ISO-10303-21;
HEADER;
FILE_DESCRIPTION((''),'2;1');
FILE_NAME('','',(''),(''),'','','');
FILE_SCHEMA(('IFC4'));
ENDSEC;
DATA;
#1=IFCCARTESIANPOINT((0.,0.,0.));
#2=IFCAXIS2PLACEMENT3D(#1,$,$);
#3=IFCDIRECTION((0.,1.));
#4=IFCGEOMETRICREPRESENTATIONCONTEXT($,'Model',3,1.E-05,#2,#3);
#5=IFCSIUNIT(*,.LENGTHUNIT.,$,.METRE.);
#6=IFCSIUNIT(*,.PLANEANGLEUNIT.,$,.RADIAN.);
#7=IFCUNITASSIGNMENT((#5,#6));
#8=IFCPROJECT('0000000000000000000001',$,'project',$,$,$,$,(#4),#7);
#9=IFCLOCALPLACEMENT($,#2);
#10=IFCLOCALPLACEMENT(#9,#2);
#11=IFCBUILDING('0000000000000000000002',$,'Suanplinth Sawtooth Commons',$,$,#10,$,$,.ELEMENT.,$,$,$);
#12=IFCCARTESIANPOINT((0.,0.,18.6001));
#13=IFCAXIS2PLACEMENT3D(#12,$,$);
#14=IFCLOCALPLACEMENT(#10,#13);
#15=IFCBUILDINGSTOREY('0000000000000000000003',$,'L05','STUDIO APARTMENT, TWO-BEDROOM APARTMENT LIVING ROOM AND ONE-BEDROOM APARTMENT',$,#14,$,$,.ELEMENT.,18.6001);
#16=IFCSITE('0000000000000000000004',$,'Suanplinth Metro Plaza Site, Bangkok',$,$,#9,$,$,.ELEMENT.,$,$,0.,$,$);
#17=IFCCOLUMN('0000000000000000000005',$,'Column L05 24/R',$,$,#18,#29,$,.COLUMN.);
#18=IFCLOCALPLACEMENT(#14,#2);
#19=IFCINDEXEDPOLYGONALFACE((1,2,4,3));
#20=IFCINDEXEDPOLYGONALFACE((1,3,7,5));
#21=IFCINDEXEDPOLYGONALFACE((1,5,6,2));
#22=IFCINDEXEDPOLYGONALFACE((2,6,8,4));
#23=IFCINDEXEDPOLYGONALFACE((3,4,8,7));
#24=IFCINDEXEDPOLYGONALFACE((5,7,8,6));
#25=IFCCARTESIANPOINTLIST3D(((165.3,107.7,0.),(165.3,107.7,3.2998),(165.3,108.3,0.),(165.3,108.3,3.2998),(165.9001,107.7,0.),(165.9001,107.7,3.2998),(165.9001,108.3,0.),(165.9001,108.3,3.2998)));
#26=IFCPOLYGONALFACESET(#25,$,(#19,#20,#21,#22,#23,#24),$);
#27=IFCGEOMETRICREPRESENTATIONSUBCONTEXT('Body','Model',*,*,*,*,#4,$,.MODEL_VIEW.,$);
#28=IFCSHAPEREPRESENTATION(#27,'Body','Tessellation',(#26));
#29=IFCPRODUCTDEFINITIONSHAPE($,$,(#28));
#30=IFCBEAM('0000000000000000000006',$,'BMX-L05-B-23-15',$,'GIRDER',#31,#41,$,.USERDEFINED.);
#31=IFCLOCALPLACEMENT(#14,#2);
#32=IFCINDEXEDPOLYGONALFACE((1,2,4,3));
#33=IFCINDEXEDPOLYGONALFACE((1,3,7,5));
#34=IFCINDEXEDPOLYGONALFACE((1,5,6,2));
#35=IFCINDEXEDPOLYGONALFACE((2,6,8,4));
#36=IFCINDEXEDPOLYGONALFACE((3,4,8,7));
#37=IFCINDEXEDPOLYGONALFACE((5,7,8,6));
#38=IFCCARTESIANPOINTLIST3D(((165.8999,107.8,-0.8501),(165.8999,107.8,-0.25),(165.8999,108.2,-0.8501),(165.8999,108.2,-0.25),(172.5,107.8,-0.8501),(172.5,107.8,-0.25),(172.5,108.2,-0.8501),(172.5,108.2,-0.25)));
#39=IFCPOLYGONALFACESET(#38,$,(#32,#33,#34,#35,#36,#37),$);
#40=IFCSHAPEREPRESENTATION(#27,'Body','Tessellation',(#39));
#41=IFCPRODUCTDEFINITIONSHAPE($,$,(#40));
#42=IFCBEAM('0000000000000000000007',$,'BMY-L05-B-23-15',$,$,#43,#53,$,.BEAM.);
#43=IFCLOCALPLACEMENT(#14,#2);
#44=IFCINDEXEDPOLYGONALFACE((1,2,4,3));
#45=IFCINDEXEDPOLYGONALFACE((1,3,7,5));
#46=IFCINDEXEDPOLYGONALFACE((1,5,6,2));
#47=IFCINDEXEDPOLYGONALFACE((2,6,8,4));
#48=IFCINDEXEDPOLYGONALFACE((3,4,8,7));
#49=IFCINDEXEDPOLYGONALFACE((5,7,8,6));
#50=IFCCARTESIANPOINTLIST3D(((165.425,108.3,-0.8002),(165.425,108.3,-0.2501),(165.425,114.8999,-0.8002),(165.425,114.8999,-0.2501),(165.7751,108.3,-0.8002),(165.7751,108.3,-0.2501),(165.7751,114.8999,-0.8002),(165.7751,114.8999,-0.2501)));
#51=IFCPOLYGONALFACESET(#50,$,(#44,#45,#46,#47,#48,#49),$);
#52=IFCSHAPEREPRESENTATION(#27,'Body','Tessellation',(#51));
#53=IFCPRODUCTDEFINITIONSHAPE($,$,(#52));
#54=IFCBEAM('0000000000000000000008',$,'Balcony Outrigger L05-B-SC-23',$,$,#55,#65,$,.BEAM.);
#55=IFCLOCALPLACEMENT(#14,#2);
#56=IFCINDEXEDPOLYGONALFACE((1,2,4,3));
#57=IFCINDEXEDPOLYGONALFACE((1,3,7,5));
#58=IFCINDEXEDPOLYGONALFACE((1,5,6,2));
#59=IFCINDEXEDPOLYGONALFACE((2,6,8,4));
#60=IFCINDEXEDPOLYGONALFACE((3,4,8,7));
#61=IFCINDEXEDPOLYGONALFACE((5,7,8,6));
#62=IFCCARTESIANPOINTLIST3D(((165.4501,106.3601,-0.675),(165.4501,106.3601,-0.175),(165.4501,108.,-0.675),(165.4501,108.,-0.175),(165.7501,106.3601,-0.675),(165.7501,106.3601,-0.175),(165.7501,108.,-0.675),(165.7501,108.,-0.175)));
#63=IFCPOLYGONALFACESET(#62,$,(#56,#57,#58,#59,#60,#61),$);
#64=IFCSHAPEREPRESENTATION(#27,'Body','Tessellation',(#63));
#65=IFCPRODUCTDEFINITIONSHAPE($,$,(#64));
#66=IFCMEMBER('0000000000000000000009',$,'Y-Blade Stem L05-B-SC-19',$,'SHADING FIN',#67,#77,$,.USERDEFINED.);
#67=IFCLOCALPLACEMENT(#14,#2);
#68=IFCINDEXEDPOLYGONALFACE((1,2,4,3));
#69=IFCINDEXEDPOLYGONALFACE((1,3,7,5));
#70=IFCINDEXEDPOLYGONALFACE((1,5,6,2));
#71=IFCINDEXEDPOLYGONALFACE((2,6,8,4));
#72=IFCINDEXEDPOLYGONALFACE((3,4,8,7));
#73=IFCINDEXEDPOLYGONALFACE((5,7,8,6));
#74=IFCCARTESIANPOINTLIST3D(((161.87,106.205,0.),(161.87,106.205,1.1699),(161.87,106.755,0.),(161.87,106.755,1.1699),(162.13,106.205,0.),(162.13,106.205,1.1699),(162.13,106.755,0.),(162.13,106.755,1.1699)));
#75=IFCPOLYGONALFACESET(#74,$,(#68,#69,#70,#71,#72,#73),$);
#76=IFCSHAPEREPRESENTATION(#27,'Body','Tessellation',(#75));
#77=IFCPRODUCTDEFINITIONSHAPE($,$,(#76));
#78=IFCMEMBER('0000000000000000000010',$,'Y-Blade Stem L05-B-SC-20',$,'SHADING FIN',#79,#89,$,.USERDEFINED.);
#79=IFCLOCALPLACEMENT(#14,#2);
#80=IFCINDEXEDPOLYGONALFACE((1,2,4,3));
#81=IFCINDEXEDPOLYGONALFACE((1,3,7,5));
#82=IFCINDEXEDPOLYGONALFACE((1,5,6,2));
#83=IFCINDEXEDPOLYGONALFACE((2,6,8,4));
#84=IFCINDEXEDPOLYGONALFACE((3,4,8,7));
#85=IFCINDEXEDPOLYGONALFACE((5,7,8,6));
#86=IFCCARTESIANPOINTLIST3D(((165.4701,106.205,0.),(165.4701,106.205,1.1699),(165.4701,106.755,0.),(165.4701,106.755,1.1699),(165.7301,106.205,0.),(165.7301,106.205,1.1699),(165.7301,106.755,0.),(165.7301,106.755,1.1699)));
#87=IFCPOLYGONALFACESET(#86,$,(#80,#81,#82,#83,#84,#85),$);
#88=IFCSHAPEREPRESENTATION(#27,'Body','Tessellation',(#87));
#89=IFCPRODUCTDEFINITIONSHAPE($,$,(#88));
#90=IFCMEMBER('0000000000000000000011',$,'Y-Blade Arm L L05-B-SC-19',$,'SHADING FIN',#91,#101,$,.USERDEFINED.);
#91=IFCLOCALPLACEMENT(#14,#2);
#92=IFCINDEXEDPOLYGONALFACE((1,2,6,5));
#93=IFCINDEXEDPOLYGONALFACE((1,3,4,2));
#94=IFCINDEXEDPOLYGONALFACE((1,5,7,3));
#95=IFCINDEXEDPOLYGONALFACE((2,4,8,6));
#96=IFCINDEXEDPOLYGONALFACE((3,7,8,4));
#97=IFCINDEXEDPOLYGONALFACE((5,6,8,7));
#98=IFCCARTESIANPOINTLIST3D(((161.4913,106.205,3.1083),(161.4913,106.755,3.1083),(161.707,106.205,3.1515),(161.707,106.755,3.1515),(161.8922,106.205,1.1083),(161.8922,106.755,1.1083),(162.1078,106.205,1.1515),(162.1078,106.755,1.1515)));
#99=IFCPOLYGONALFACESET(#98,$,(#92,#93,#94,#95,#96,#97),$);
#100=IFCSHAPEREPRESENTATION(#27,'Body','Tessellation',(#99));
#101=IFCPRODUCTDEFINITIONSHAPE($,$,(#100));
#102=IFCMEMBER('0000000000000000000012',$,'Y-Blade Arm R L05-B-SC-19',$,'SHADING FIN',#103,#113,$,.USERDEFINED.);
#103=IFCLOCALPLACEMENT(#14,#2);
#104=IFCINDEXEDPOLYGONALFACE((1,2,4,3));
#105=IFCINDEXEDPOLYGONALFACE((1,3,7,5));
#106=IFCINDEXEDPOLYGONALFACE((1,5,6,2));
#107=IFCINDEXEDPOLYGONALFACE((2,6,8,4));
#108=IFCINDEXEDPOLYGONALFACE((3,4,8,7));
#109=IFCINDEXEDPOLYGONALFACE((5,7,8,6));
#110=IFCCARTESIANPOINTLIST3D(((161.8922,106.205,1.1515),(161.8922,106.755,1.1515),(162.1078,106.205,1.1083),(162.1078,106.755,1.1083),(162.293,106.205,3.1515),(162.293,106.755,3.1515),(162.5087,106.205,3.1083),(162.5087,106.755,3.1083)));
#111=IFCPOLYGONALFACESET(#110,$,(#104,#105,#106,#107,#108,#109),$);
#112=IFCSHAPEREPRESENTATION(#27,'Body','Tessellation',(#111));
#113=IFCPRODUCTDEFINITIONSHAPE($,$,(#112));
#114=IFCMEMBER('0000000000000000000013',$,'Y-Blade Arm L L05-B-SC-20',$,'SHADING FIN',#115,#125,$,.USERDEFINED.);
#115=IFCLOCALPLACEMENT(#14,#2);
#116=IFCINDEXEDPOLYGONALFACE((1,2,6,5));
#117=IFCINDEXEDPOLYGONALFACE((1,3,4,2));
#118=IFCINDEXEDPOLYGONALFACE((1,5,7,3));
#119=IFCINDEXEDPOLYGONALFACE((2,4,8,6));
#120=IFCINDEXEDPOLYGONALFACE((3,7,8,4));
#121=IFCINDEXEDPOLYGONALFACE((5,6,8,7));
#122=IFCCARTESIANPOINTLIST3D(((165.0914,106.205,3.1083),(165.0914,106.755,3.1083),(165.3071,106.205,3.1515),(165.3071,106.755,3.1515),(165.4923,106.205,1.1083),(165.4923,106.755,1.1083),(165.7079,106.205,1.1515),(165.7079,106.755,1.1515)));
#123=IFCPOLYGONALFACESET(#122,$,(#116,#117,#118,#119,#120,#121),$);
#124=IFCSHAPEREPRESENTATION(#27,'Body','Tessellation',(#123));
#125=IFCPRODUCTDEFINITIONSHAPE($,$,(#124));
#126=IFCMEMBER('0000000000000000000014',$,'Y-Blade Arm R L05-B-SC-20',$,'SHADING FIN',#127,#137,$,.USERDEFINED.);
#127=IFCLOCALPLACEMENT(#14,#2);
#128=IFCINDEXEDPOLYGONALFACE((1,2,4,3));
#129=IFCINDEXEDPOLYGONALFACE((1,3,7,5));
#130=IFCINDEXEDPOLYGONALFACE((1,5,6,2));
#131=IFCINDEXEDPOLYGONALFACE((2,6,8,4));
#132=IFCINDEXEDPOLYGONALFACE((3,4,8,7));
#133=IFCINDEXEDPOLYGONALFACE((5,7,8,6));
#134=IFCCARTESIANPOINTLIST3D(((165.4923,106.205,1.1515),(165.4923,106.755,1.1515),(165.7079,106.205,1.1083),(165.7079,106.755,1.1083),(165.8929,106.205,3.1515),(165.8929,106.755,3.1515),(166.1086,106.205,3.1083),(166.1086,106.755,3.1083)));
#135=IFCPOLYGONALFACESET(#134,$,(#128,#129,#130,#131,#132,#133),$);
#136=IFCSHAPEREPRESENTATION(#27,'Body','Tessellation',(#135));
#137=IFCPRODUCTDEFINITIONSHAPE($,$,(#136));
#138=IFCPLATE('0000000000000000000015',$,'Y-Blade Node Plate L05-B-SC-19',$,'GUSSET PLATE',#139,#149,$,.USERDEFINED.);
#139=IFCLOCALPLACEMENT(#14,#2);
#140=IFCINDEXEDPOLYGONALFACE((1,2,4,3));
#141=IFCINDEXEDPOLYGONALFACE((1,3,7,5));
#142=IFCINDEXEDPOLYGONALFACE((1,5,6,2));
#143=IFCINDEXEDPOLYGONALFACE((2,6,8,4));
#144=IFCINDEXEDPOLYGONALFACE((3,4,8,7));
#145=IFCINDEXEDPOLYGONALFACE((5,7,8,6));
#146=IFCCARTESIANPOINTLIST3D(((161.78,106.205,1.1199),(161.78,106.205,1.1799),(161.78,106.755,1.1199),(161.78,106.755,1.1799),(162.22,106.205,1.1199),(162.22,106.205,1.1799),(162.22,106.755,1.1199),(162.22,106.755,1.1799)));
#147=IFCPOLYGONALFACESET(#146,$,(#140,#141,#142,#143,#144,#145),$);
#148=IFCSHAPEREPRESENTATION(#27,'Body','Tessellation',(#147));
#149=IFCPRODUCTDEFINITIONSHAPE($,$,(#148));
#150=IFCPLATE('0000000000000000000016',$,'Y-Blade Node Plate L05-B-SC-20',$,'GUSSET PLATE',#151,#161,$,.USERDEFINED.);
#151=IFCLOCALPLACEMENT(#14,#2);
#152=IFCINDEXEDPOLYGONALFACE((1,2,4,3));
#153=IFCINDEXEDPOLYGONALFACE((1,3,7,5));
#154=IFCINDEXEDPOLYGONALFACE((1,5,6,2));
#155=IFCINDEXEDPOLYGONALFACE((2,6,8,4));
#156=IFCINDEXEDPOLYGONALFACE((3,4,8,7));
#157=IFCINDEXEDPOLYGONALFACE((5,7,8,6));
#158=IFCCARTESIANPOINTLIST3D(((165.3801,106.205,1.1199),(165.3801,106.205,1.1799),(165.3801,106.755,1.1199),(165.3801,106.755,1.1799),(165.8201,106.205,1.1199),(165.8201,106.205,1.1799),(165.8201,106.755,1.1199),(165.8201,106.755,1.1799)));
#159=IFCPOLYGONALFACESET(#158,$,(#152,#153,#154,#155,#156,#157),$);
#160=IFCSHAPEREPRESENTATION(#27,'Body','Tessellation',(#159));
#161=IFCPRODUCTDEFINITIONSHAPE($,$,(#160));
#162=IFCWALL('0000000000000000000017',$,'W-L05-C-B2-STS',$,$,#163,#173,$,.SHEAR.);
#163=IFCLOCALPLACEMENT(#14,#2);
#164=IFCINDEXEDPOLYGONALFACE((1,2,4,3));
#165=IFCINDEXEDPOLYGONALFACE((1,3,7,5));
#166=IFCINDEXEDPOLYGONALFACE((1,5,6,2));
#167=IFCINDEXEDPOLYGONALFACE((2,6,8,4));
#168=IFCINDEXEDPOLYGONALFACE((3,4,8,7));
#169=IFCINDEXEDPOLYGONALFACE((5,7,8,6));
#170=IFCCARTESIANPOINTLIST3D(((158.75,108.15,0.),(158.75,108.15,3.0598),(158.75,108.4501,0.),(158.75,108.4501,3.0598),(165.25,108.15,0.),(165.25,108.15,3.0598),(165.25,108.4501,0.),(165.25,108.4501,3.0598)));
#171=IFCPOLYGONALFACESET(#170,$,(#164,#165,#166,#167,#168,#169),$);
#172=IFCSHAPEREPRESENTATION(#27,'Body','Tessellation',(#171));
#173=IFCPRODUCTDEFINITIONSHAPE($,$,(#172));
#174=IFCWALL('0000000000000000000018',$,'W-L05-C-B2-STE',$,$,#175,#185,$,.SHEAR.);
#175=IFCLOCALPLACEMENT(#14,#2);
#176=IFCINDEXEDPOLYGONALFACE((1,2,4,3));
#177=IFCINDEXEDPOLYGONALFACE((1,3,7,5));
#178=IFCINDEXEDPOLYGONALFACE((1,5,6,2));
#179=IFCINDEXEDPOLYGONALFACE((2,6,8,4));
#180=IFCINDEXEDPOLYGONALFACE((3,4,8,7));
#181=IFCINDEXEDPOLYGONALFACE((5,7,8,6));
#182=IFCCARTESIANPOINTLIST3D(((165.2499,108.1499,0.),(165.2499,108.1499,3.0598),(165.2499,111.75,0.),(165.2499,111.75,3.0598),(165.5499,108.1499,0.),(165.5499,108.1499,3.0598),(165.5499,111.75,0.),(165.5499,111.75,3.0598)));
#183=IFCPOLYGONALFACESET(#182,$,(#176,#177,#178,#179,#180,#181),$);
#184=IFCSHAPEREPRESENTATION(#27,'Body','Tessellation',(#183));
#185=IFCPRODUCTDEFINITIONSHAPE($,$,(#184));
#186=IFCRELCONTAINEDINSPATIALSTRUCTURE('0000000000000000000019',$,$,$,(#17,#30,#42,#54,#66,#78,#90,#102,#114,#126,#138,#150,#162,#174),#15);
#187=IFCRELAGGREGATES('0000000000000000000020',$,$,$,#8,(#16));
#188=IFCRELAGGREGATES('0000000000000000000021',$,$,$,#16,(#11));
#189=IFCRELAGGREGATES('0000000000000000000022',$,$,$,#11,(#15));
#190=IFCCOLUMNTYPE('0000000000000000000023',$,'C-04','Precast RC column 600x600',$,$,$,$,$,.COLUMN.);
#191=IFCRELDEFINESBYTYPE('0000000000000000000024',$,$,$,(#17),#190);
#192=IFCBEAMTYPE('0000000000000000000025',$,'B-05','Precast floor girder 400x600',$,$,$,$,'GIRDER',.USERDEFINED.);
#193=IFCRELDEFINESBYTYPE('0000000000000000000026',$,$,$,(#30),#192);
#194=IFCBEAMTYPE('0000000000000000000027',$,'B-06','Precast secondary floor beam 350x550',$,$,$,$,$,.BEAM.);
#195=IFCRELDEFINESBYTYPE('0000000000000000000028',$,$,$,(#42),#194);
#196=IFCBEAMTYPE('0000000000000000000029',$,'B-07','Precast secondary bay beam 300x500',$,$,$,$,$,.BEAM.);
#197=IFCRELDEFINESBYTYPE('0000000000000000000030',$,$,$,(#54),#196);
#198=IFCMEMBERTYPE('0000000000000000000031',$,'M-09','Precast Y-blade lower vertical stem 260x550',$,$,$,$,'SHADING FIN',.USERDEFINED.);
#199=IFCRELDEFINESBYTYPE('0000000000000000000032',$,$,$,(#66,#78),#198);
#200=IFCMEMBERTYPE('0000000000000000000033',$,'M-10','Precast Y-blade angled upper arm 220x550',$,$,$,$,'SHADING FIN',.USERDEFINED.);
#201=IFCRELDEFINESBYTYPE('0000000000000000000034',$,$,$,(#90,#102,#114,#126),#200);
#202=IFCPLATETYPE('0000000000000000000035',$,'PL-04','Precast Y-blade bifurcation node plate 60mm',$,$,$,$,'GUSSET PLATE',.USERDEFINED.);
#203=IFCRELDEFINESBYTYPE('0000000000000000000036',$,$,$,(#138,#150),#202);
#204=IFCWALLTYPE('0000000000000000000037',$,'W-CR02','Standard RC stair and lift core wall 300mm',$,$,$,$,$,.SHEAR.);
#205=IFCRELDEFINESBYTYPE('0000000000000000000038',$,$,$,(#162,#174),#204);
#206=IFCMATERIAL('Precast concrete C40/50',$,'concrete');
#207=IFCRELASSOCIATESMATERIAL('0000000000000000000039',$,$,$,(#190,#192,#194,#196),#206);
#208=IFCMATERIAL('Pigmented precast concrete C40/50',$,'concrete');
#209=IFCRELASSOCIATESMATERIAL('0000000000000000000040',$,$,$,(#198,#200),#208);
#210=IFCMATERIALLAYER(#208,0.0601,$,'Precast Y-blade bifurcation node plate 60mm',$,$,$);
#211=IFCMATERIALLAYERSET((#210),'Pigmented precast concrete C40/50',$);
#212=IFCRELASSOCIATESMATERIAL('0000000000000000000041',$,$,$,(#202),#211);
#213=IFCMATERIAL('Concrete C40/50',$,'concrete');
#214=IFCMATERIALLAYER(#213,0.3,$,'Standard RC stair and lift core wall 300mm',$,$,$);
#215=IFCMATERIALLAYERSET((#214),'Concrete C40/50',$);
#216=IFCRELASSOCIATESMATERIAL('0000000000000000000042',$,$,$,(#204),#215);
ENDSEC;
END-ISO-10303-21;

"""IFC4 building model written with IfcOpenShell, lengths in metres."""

from ifc_helpers import new_model, si_unit, direction, frame, frame_2d, origin, origin_2d, place, context, subcontext, project, spatial, rectangle, extrude, material, layer, layer_set, material_profile, profile_set, type_object, element, save


model = new_model("IFC4")

# Units and contexts
model_context = context("Model", 3, precision=1e-05, world=origin(), true_north=direction((0.0, 1.0)))
body_context = subcontext(model_context, "Body", "Model", "MODEL_VIEW")
ifc_project = project(units=[si_unit("LENGTHUNIT", "METRE"), si_unit("PLANEANGLEUNIT", "RADIAN")], contexts=[model_context])

# Site, building, storey
site_placement = place(None, origin())
site = spatial("IfcSite", under=ifc_project, at=site_placement, Name="Suanplinth Metro Plaza Site, Bangkok", CompositionType="ELEMENT", RefElevation=0.0)
building_placement = place(site_placement, origin())
building = spatial("IfcBuilding", under=site, at=building_placement, Name="Suanplinth Sawtooth Commons", CompositionType="ELEMENT")
storey_placement = place(building_placement, frame((0.0, 0.0, 18.6001)))
storey = spatial("IfcBuildingStorey", under=building, at=storey_placement, Name="L05", Description="STUDIO APARTMENT, TWO-BEDROOM APARTMENT LIVING ROOM AND ONE-BEDROOM APARTMENT", CompositionType="ELEMENT", Elevation=18.6001)

# Column
ifc_material_1 = material(Name="Precast concrete C40/50", Category="concrete")
ifc_material_profile_1 = material_profile(ifc_material_1, rectangle(XDim=0.6001, YDim=0.6001, at=origin_2d()), Name="PC-COL 600x600")
ifc_profile_set_1 = profile_set([ifc_material_profile_1], Name="Precast concrete C40/50")
column_type = type_object("IfcColumnType", Name="C-04", Description="Precast RC column 600x600", PredefinedType="COLUMN", material=ifc_profile_set_1)
column_placement = place(storey_placement, frame((165.6001, 108.0, 0.0), z_axis=(0.0, 0.0, 1.0), x_axis=(1.0, 0.0, 0.0)))
element("IfcColumn", 1, at=column_placement, inside=storey, type_object=column_type, Name="Column L05 24/R", PredefinedType="COLUMN", context=body_context, shape_type="SweptSolid", body=[
    extrude(rectangle(XDim=0.6001, YDim=0.6001, at=origin_2d()), origin(), (0.0, 0.0, 1.0), 3.2998),
])

# Beams
ifc_material_profile_2 = material_profile(ifc_material_1, rectangle(XDim=0.3999, YDim=0.6001, at=origin_2d()), Name="PC-GDR 400x600")
ifc_profile_set_2 = profile_set([ifc_material_profile_2], Name="Precast concrete C40/50")
beam_type_1 = type_object("IfcBeamType", Name="B-05", Description="Precast floor girder 400x600", ElementType="GIRDER", PredefinedType="USERDEFINED", material=ifc_profile_set_2)
beam_1_placement = place(storey_placement, frame((165.8999, 108.0, -0.55), z_axis=(1.0, 0.0, 0.0), x_axis=(0.0, 1.0, 0.0)))
element("IfcBeam", 2, at=beam_1_placement, inside=storey, type_object=beam_type_1, Name="BMX-L05-B-23-15", ObjectType="GIRDER", PredefinedType="USERDEFINED", context=body_context, shape_type="SweptSolid", body=[
    extrude(rectangle(XDim=0.3999, YDim=0.6001, at=origin_2d()), origin(), (0.0, 0.0, 1.0), 6.6001),
])
ifc_material_profile_3 = material_profile(ifc_material_1, rectangle(XDim=0.3501, YDim=0.55, at=origin_2d()), Name="PC-BM 350x550")
ifc_profile_set_3 = profile_set([ifc_material_profile_3], Name="Precast concrete C40/50")
beam_type_2 = type_object("IfcBeamType", Name="B-06", Description="Precast secondary floor beam 350x550", PredefinedType="BEAM", material=ifc_profile_set_3)
beam_2_placement = place(storey_placement, frame((165.6001, 108.3, -0.5251), z_axis=(0.0, 1.0, 0.0), x_axis=(-1.0, 0.0, 0.0)))
element("IfcBeam", 3, at=beam_2_placement, inside=storey, type_object=beam_type_2, Name="BMY-L05-B-23-15", PredefinedType="BEAM", context=body_context, shape_type="SweptSolid", body=[
    extrude(rectangle(XDim=0.3501, YDim=0.55, at=origin_2d()), origin(), (0.0, 0.0, 1.0), 6.5999),
])
ifc_material_profile_4 = material_profile(ifc_material_1, rectangle(XDim=0.3, YDim=0.5, at=origin_2d()), Name="PC-BM 300x500")
ifc_profile_set_4 = profile_set([ifc_material_profile_4], Name="Precast concrete C40/50")
beam_type_3 = type_object("IfcBeamType", Name="B-07", Description="Precast secondary bay beam 300x500", PredefinedType="BEAM", material=ifc_profile_set_4)
beam_3_placement = place(storey_placement, frame((165.6001, 108.0, -0.425), z_axis=(0.0, -1.0, 0.0), x_axis=(1.0, 0.0, 0.0)))
element("IfcBeam", 4, at=beam_3_placement, inside=storey, type_object=beam_type_3, Name="Balcony Outrigger L05-B-SC-23", PredefinedType="BEAM", context=body_context, shape_type="SweptSolid", body=[
    extrude(rectangle(XDim=0.3, YDim=0.5, at=origin_2d()), origin(), (0.0, 0.0, 1.0), 1.6399),
])

# Members
ifc_material_2 = material(Name="Pigmented precast concrete C40/50", Category="concrete")
ifc_material_profile_5 = material_profile(ifc_material_2, rectangle(XDim=0.26, YDim=0.55, at=origin_2d()), Name="PC-FIN 260x550")
ifc_profile_set_5 = profile_set([ifc_material_profile_5], Name="Pigmented precast concrete C40/50")
member_type_1 = type_object("IfcMemberType", Name="M-09", Description="Precast Y-blade lower vertical stem 260x550", ElementType="SHADING FIN", PredefinedType="USERDEFINED", material=ifc_profile_set_5)
for number, where, z_axis, x_axis, name in (
    (5, (162.0, 106.48, 0.0), (0.0, 0.0, 1.0), (1.0, 0.0, 0.0), "Y-Blade Stem L05-B-SC-19"),
    (6, (165.6001, 106.48, 0.0), (0.0, 0.0, 1.0), (1.0, 0.0, 0.0), "Y-Blade Stem L05-B-SC-20"),
):
    element("IfcMember", number, at=place(storey_placement, frame(where, z_axis=z_axis, x_axis=x_axis)), inside=storey, type_object=member_type_1, Name=name, ObjectType="SHADING FIN", PredefinedType="USERDEFINED", context=body_context, shape_type="SweptSolid", body=[
        extrude(rectangle(XDim=0.26, YDim=0.55, at=origin_2d()), origin(), (0.0, 0.0, 1.0), 1.1699),
    ])
ifc_material_profile_6 = material_profile(ifc_material_2, rectangle(XDim=0.22, YDim=0.55, at=origin_2d()), Name="PC-FIN 220x550")
ifc_profile_set_6 = profile_set([ifc_material_profile_6], Name="Pigmented precast concrete C40/50")
member_type_2 = type_object("IfcMemberType", Name="M-10", Description="Precast Y-blade angled upper arm 220x550", ElementType="SHADING FIN", PredefinedType="USERDEFINED", material=ifc_profile_set_6)
for number, where, z_axis, x_axis, name in (
    (7, (162.0, 106.48, 1.1299), (-0.19653, 0.0, 0.980498), (0.980498, 0.0, 0.19653), "Y-Blade Arm L L05-B-SC-19"),
    (8, (162.0, 106.48, 1.1299), (0.19653, 0.0, 0.980498), (-0.980498, 0.0, 0.19653), "Y-Blade Arm R L05-B-SC-19"),
    (9, (165.6001, 106.48, 1.1299), (-0.19653, 0.0, 0.980498), (0.980498, 0.0, 0.19653), "Y-Blade Arm L L05-B-SC-20"),
    (10, (165.6001, 106.48, 1.1299), (0.196415, 0.0, 0.980521), (-0.980521, 0.0, 0.196415), "Y-Blade Arm R L05-B-SC-20"),
):
    element("IfcMember", number, at=place(storey_placement, frame(where, z_axis=z_axis, x_axis=x_axis)), inside=storey, type_object=member_type_2, Name=name, ObjectType="SHADING FIN", PredefinedType="USERDEFINED", context=body_context, shape_type="SweptSolid", body=[
        extrude(rectangle(XDim=0.22, YDim=0.55, at=origin_2d()), origin(), (0.0, 0.0, 1.0), 2.0398),
    ])

# Plates
ifc_layer_1 = layer(ifc_material_2, 0.0601, Name="Precast Y-blade bifurcation node plate 60mm")
ifc_layer_set_1 = layer_set([ifc_layer_1], Name="Pigmented precast concrete C40/50")
plate_type = type_object("IfcPlateType", Name="PL-04", Description="Precast Y-blade bifurcation node plate 60mm", ElementType="GUSSET PLATE", PredefinedType="USERDEFINED", material=ifc_layer_set_1)
for number, where, z_axis, x_axis, name in (
    (11, (162.0, 106.48, 1.1199), (0.0, 0.0, 1.0), (1.0, 0.0, 0.0), "Y-Blade Node Plate L05-B-SC-19"),
    (12, (165.6001, 106.48, 1.1199), (0.0, 0.0, 1.0), (1.0, 0.0, 0.0), "Y-Blade Node Plate L05-B-SC-20"),
):
    element("IfcPlate", number, at=place(storey_placement, frame(where, z_axis=z_axis, x_axis=x_axis)), inside=storey, type_object=plate_type, Name=name, ObjectType="GUSSET PLATE", PredefinedType="USERDEFINED", context=body_context, shape_type="SweptSolid", body=[
        extrude(rectangle(XDim=0.4399, YDim=0.55, at=origin_2d()), origin(), (0.0, 0.0, 1.0), 0.0601),
    ])

# Walls
ifc_material_3 = material(Name="Concrete C40/50", Category="concrete")
ifc_layer_2 = layer(ifc_material_3, 0.3, Name="Standard RC stair and lift core wall 300mm")
ifc_layer_set_2 = layer_set([ifc_layer_2], Name="Concrete C40/50")
wall_type_1 = type_object("IfcWallType", Name="W-CR02", Description="Standard RC stair and lift core wall 300mm", PredefinedType="SHEAR", material=ifc_layer_set_2)
wall_1_placement = place(storey_placement, frame((158.75, 108.3, 0.0), z_axis=(0.0, 0.0, 1.0), x_axis=(1.0, 0.0, 0.0)))
element("IfcWall", 13, at=wall_1_placement, inside=storey, type_object=wall_type_1, Name="W-L05-C-B2-STS", PredefinedType="SHEAR", context=body_context, shape_type="SweptSolid", body=[
    extrude(rectangle(XDim=6.5, YDim=0.3, at=frame_2d((3.25, 0.0))), origin(), (0.0, 0.0, 1.0), 3.0598),
])
wall_2_placement = place(storey_placement, frame((165.3999, 108.1499, 0.0), z_axis=(0.0, 0.0, 1.0), x_axis=(0.0, 1.0, 0.0)))
element("IfcWall", 14, at=wall_2_placement, inside=storey, type_object=wall_type_1, Name="W-L05-C-B2-STE", PredefinedType="SHEAR", context=body_context, shape_type="SweptSolid", body=[
    extrude(rectangle(XDim=3.6001, YDim=0.3, at=frame_2d((1.8, 0.0))), origin(), (0.0, 0.0, 1.0), 3.0598),
])

save(model, "model.ifc")
